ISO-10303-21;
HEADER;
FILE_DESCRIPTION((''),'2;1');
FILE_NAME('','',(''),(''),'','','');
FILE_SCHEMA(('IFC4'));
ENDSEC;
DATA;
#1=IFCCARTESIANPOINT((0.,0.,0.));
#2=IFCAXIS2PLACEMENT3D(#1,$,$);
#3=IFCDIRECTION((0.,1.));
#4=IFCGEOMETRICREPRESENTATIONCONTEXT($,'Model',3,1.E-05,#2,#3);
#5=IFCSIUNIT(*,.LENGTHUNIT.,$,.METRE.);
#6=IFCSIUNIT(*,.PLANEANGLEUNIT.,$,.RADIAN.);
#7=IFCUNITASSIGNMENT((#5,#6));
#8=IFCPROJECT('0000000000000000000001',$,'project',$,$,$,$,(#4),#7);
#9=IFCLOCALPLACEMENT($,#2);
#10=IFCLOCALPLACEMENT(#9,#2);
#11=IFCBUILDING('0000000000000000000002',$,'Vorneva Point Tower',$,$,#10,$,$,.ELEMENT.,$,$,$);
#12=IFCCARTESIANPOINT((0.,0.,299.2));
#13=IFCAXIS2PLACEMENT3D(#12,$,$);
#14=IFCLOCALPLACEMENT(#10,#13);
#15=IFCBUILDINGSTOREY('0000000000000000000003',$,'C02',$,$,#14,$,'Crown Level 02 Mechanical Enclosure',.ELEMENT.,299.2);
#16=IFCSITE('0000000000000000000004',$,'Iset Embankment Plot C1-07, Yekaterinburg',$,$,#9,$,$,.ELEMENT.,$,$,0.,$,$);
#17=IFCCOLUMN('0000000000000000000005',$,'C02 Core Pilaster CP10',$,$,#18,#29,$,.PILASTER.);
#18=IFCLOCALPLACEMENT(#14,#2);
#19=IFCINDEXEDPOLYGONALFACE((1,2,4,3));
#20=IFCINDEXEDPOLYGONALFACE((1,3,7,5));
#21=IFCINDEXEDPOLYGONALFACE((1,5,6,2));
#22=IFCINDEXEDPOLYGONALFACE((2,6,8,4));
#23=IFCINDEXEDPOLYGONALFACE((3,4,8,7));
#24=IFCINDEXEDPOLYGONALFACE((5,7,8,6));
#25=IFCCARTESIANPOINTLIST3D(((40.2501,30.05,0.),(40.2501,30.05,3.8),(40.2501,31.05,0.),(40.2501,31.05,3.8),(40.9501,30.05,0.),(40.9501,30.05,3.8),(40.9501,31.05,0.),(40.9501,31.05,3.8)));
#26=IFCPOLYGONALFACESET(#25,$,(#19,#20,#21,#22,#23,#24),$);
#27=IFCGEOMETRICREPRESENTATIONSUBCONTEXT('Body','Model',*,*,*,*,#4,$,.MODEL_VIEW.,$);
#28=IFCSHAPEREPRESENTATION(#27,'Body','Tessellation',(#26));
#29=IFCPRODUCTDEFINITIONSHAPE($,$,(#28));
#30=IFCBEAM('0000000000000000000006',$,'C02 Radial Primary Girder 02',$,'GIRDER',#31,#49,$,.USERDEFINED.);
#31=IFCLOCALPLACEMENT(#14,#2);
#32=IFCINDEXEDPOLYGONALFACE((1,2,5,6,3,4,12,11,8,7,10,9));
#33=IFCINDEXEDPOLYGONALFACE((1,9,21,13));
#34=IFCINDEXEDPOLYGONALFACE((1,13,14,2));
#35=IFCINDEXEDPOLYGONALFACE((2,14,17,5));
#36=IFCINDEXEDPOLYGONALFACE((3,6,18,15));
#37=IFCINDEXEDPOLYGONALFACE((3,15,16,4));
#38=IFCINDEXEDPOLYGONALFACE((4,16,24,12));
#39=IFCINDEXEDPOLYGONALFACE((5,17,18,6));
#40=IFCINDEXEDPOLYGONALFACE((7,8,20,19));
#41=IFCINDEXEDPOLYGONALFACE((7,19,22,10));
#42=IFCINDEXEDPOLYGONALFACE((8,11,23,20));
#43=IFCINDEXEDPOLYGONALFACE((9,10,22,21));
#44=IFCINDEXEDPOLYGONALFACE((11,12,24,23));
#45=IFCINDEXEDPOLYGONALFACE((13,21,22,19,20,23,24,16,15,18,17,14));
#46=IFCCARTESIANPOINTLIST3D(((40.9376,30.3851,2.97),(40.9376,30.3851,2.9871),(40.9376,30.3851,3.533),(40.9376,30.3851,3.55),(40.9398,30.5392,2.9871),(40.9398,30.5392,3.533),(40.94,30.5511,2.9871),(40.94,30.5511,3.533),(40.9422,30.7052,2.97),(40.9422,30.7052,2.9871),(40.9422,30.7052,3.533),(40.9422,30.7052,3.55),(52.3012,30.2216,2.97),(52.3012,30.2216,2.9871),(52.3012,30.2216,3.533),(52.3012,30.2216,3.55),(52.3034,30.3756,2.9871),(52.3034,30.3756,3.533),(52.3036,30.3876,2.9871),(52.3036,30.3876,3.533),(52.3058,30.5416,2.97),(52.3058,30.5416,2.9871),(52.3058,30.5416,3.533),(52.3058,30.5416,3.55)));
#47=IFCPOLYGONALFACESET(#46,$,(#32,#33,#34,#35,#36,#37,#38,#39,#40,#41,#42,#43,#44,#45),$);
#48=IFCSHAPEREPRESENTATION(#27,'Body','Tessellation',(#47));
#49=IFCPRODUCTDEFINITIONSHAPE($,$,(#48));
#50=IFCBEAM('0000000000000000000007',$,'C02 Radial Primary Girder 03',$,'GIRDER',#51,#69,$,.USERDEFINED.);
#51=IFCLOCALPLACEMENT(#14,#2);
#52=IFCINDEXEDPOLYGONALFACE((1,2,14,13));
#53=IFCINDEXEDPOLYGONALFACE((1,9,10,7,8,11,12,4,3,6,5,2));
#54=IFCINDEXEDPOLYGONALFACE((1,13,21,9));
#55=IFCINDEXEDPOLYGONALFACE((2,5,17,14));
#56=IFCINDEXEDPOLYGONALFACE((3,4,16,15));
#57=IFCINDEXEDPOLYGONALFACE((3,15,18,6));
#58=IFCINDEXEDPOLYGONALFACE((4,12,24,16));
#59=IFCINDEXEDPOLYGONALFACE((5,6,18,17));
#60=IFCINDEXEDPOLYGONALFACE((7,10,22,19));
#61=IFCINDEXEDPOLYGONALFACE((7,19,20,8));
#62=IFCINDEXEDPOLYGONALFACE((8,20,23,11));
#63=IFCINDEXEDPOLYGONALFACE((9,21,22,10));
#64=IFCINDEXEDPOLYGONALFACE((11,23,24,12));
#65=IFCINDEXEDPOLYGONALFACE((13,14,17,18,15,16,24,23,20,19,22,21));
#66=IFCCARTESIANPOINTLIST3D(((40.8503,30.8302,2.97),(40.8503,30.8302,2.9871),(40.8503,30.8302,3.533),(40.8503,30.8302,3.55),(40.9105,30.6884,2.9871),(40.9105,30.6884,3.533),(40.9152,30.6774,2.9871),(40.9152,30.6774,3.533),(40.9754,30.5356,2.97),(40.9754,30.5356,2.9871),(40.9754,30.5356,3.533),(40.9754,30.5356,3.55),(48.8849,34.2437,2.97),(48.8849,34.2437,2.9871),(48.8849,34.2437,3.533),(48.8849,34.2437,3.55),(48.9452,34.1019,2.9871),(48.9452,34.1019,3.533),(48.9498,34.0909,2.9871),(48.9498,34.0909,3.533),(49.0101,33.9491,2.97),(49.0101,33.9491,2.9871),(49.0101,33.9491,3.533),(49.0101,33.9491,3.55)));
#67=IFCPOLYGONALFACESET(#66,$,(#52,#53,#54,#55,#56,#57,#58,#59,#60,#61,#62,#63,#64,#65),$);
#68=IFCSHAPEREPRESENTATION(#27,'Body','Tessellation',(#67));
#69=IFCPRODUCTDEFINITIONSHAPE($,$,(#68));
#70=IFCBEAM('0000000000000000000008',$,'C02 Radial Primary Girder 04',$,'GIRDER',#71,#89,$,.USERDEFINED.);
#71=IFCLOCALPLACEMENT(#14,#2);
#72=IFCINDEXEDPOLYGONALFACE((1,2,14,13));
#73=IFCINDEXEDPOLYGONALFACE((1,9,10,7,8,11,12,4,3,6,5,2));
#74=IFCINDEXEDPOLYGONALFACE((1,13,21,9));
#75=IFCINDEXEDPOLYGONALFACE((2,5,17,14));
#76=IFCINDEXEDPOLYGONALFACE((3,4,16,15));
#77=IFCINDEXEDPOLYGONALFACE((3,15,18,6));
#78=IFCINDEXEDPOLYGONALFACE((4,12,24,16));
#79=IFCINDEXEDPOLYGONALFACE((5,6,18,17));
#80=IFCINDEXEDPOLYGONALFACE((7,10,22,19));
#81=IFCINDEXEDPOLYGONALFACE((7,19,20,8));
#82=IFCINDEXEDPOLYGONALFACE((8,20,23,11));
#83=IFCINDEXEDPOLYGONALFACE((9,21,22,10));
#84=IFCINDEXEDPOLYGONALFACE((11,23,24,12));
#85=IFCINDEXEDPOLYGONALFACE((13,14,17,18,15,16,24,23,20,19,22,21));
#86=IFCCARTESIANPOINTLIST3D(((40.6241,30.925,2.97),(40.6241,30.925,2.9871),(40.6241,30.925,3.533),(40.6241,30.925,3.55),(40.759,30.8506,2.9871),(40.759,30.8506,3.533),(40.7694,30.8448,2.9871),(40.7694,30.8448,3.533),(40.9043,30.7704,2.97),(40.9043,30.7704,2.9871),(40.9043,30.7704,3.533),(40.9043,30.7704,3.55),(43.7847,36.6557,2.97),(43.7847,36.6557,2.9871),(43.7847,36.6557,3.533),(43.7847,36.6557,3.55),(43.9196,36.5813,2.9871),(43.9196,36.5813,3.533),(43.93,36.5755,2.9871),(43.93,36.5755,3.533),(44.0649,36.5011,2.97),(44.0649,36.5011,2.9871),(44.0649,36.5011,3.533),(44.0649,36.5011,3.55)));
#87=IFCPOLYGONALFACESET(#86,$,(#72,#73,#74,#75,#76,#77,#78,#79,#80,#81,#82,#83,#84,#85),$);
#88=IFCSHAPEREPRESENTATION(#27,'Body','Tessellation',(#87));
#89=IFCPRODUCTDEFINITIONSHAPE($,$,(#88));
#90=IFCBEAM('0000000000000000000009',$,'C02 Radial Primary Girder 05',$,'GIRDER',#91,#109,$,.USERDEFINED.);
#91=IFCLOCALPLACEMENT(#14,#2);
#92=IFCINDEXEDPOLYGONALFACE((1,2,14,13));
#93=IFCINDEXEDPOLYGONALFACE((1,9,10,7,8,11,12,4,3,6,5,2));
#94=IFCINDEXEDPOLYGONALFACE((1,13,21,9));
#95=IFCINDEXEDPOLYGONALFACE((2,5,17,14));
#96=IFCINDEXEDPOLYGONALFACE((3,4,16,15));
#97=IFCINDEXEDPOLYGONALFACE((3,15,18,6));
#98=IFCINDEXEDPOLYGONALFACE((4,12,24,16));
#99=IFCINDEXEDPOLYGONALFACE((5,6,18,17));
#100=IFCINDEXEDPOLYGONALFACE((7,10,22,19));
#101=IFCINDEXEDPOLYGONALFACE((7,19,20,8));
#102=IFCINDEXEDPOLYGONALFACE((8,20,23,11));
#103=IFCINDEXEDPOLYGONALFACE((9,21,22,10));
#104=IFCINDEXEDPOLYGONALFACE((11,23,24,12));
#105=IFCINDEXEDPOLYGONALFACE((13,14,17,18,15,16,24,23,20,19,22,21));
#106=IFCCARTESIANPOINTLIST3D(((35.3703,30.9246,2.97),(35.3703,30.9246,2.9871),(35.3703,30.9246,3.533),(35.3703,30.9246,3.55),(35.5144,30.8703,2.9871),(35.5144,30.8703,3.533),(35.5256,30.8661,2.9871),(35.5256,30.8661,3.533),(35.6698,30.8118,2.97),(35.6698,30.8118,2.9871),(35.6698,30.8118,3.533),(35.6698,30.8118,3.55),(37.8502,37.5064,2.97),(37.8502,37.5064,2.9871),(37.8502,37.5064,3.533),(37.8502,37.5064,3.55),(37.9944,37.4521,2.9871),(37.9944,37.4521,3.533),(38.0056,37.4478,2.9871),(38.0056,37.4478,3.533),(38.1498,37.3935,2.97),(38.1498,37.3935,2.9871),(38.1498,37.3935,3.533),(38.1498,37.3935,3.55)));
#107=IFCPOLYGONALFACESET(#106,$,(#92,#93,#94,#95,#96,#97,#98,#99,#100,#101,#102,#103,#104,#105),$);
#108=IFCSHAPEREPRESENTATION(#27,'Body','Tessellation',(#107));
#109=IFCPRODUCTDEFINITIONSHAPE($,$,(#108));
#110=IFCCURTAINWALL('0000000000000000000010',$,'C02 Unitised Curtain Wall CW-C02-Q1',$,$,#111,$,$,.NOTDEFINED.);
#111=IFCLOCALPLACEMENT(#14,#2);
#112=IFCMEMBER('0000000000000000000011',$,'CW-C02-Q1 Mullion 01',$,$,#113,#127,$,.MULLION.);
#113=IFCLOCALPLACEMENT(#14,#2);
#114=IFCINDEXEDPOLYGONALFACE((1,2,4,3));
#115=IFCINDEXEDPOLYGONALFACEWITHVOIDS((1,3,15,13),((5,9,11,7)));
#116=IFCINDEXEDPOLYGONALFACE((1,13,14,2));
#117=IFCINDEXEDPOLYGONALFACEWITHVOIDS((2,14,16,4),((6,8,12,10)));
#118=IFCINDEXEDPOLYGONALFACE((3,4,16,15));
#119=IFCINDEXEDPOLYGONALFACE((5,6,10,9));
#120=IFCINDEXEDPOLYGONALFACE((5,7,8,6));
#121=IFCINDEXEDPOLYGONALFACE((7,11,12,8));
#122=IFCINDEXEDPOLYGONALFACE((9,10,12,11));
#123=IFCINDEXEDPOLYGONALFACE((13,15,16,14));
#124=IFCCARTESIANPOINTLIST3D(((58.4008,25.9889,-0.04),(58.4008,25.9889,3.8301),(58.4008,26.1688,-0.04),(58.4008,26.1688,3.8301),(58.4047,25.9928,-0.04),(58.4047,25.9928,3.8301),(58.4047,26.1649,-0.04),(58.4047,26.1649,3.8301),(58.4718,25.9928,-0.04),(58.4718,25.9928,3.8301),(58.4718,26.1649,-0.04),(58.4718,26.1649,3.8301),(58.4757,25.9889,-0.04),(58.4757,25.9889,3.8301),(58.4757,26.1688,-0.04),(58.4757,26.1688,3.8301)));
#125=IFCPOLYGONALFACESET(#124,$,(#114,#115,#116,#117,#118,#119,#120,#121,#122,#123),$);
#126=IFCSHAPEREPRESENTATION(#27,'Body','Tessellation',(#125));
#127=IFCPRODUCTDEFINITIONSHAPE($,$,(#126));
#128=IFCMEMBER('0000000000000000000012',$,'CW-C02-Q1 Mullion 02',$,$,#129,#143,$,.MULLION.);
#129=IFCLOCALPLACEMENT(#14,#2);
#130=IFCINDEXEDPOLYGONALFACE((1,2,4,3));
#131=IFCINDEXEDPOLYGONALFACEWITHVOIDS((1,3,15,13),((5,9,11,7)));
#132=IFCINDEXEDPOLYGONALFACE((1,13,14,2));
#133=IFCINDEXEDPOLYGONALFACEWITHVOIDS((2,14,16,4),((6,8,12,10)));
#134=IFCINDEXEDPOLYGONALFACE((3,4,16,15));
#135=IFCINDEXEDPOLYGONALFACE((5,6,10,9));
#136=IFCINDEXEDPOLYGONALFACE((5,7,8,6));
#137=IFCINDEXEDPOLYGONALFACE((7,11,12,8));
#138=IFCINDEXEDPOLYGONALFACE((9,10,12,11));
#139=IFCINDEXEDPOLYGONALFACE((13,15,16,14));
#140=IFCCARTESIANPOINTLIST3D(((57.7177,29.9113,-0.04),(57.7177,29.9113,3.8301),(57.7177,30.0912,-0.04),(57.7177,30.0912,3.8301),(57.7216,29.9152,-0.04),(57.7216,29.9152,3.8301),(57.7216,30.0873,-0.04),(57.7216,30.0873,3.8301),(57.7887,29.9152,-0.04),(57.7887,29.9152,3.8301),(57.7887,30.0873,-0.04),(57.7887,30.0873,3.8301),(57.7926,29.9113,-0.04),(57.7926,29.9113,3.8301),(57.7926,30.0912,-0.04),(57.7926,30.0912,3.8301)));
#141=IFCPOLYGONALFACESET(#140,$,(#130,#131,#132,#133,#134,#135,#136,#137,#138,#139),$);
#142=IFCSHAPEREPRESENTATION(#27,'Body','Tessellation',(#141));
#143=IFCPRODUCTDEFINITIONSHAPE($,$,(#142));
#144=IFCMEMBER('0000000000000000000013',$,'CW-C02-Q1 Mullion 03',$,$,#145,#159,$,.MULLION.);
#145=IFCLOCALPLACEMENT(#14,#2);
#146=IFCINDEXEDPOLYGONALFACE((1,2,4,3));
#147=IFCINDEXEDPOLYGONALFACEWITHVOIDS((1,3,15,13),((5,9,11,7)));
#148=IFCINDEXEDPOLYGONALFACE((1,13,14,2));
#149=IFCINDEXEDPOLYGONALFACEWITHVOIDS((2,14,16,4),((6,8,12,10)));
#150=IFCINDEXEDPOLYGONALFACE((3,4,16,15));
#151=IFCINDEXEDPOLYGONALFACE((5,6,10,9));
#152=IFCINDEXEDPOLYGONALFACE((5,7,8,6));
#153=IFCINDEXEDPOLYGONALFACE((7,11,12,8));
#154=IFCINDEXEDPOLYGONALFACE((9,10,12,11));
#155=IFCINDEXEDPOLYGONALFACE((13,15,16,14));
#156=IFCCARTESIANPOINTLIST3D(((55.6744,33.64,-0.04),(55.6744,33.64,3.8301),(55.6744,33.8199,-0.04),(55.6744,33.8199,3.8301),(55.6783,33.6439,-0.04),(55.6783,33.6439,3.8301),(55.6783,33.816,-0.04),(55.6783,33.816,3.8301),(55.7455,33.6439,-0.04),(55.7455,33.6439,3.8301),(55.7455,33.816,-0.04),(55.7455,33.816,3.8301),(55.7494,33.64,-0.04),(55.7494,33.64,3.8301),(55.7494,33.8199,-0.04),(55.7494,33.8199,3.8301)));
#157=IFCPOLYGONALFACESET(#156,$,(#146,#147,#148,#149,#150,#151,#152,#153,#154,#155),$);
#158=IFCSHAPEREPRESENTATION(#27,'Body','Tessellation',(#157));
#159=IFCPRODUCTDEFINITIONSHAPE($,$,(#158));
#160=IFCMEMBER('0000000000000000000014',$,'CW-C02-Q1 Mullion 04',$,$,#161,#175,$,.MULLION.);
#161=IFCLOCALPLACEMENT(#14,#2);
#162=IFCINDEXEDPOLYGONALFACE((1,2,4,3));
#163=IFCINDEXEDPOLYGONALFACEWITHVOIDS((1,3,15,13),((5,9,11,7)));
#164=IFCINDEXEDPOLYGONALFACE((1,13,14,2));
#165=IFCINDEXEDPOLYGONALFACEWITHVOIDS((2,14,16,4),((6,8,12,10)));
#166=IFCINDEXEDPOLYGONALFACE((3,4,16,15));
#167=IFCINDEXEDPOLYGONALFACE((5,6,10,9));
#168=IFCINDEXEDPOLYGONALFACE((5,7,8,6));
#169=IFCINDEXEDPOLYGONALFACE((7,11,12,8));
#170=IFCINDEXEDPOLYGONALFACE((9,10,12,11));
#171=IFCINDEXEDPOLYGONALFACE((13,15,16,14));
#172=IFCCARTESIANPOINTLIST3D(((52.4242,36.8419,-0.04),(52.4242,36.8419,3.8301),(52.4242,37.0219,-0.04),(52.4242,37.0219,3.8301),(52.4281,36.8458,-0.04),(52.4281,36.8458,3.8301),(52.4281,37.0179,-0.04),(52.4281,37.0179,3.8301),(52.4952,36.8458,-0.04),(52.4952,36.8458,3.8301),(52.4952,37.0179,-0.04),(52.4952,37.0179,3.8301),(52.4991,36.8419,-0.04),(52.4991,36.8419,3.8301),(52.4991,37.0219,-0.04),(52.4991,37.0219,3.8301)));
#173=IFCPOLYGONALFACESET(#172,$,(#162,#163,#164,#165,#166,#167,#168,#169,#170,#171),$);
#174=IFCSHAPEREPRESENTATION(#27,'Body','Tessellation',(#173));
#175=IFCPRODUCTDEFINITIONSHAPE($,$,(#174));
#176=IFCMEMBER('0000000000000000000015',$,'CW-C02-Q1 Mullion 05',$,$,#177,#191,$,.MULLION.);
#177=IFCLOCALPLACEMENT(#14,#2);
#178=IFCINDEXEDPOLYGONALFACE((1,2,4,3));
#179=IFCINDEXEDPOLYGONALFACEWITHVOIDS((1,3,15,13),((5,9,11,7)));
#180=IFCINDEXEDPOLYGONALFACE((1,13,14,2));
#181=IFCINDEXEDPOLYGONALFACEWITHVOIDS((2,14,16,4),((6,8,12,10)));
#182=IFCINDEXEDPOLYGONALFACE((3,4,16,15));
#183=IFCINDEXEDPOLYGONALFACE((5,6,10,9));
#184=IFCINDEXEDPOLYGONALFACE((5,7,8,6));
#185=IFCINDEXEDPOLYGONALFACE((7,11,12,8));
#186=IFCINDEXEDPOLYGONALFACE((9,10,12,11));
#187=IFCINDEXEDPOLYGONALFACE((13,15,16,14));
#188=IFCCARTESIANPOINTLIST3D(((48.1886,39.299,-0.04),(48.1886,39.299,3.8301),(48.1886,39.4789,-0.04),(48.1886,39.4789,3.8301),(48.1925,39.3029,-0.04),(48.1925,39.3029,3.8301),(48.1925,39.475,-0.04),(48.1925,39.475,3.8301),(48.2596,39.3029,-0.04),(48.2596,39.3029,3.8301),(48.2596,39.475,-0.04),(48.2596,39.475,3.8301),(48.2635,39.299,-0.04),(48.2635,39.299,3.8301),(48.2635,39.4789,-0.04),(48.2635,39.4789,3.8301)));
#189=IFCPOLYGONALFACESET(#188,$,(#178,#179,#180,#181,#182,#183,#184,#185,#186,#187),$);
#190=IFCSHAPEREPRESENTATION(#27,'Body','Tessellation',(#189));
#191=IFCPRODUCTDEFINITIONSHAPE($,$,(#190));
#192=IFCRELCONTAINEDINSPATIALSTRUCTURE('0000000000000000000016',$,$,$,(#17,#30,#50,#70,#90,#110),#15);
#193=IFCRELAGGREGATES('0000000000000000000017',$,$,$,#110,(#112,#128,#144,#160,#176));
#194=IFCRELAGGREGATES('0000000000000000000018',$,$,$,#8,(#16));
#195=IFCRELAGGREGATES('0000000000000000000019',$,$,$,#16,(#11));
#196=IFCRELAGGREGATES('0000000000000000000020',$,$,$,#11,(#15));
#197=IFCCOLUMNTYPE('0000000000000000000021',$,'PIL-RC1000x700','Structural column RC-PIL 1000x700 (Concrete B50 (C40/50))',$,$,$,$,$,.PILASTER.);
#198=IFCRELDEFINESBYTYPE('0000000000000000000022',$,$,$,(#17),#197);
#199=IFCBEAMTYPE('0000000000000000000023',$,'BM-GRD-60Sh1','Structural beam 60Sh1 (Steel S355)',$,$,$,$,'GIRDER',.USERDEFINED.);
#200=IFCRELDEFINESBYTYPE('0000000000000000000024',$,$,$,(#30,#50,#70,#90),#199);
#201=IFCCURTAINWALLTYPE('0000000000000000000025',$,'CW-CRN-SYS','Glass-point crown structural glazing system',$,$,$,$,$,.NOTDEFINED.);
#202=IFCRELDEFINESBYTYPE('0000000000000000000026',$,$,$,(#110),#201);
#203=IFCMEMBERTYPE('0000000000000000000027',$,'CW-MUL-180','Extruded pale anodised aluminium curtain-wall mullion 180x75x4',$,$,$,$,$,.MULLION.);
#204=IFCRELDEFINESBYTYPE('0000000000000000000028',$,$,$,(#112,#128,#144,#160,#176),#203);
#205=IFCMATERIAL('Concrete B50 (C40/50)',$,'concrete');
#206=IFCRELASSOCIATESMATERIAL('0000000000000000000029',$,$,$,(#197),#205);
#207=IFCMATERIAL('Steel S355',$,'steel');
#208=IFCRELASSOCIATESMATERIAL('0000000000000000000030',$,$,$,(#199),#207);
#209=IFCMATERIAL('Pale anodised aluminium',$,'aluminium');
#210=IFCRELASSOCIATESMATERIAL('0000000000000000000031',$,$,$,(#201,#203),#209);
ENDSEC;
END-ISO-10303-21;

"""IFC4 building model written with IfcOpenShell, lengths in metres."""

from ifc_helpers import new_model, si_unit, direction, frame, origin, origin_2d, place, context, subcontext, project, spatial, rectangle, hollow_rectangle, i_section, extrude, material, material_profile, profile_set, type_object, element, aggregate, save


model = new_model("IFC4")

# Units and contexts
model_context = context("Model", 3, precision=1e-05, world=origin(), true_north=direction((0.0, 1.0)))
body_context = subcontext(model_context, "Body", "Model", "MODEL_VIEW")
ifc_project = project(units=[si_unit("LENGTHUNIT", "METRE"), si_unit("PLANEANGLEUNIT", "RADIAN")], contexts=[model_context])

# Site, building, storey
site_placement = place(None, origin())
site = spatial("IfcSite", under=ifc_project, at=site_placement, Name="Iset Embankment Plot C1-07, Yekaterinburg", CompositionType="ELEMENT", RefElevation=0.0)
building_placement = place(site_placement, origin())
building = spatial("IfcBuilding", under=site, at=building_placement, Name="Vorneva Point Tower", CompositionType="ELEMENT")
storey_placement = place(building_placement, frame((0.0, 0.0, 299.2)))
storey = spatial("IfcBuildingStorey", under=building, at=storey_placement, Name="C02", LongName="Crown Level 02 Mechanical Enclosure", CompositionType="ELEMENT", Elevation=299.2)

# Column
ifc_material_1 = material(Name="Concrete B50 (C40/50)", Category="concrete")
ifc_material_profile_1 = material_profile(ifc_material_1, rectangle(XDim=0.7, YDim=1.0, at=origin_2d()), Name="RC-PIL 1000x700")
ifc_profile_set_1 = profile_set([ifc_material_profile_1], Name="Concrete B50 (C40/50)")
column_type = type_object("IfcColumnType", Name="PIL-RC1000x700", Description="Structural column RC-PIL 1000x700 (Concrete B50 (C40/50))", PredefinedType="PILASTER", material=ifc_profile_set_1)
column_placement = place(storey_placement, frame((40.6001, 30.55, 0.0), z_axis=(0.0, 0.0, 1.0), x_axis=(1.0, 0.0, 0.0)))
element("IfcColumn", 1, at=column_placement, inside=storey, type_object=column_type, Name="C02 Core Pilaster CP10", PredefinedType="PILASTER", context=body_context, shape_type="SweptSolid", body=[
    extrude(rectangle(XDim=0.7, YDim=1.0, at=origin_2d()), origin(), (0.0, 0.0, 1.0), 3.8),
])

# Beams
ifc_material_2 = material(Name="Steel S355", Category="steel")
ifc_material_profile_2 = material_profile(ifc_material_2, i_section(OverallWidth=0.3201, OverallDepth=0.5801, WebThickness=0.012, FlangeThickness=0.0171, at=origin_2d()), Name="60Sh1")
ifc_profile_set_2 = profile_set([ifc_material_profile_2], Name="Steel S355")
beam_type = type_object("IfcBeamType", Name="BM-GRD-60Sh1", Description="Structural beam 60Sh1 (Steel S355)", ElementType="GIRDER", PredefinedType="USERDEFINED", material=ifc_profile_set_2)
beam_1_placement = place(storey_placement, frame((52.3035, 30.3816, 3.26), z_axis=(-0.999896, 0.014393, 0.0), x_axis=(-0.014393, -0.999896, 0.0)))
element("IfcBeam", 2, at=beam_1_placement, inside=storey, type_object=beam_type, Name="C02 Radial Primary Girder 02", ObjectType="GIRDER", PredefinedType="USERDEFINED", context=body_context, shape_type="SweptSolid", body=[
    extrude(i_section(OverallWidth=0.3201, OverallDepth=0.5801, WebThickness=0.012, FlangeThickness=0.0171, at=origin_2d()), origin(), (0.0, 0.0, 1.0), 11.3647),
])
beam_2_placement = place(storey_placement, frame((48.9475, 34.0964, 3.26), z_axis=(-0.920379, -0.391028, 0.0), x_axis=(0.391028, -0.920379, 0.0)))
element("IfcBeam", 3, at=beam_2_placement, inside=storey, type_object=beam_type, Name="C02 Radial Primary Girder 03", ObjectType="GIRDER", PredefinedType="USERDEFINED", context=body_context, shape_type="SweptSolid", body=[
    extrude(i_section(OverallWidth=0.3201, OverallDepth=0.5801, WebThickness=0.012, FlangeThickness=0.0171, at=origin_2d()), origin(), (0.0, 0.0, 1.0), 8.7297),
])
beam_3_placement = place(storey_placement, frame((43.9248, 36.5784, 3.26), z_axis=(-0.482945, -0.875651, 0.0), x_axis=(0.875651, -0.482945, 0.0)))
element("IfcBeam", 4, at=beam_3_placement, inside=storey, type_object=beam_type, Name="C02 Radial Primary Girder 04", ObjectType="GIRDER", PredefinedType="USERDEFINED", context=body_context, shape_type="SweptSolid", body=[
    extrude(i_section(OverallWidth=0.3201, OverallDepth=0.5801, WebThickness=0.012, FlangeThickness=0.0171, at=origin_2d()), origin(), (0.0, 0.0, 1.0), 6.5444),
])
beam_4_placement = place(storey_placement, frame((38.0, 37.45, 3.26), z_axis=(-0.352595, -0.935776, 0.0), x_axis=(0.935776, -0.352595, 0.0)))
element("IfcBeam", 5, at=beam_4_placement, inside=storey, type_object=beam_type, Name="C02 Radial Primary Girder 05", ObjectType="GIRDER", PredefinedType="USERDEFINED", context=body_context, shape_type="SweptSolid", body=[
    extrude(i_section(OverallWidth=0.3201, OverallDepth=0.5801, WebThickness=0.012, FlangeThickness=0.0171, at=origin_2d()), origin(), (0.0, 0.0, 1.0), 7.0334),
])

# Curtain wall, members
ifc_material_3 = material(Name="Pale anodised aluminium", Category="aluminium")
curtain_wall_type = type_object("IfcCurtainWallType", Name="CW-CRN-SYS", Description="Glass-point crown structural glazing system", PredefinedType="NOTDEFINED", material=ifc_material_3)
curtain_wall_placement = place(storey_placement, origin())
curtain_wall = element("IfcCurtainWall", 6, at=curtain_wall_placement, inside=storey, type_object=curtain_wall_type, Name="C02 Unitised Curtain Wall CW-C02-Q1", PredefinedType="NOTDEFINED")
ifc_material_profile_3 = material_profile(ifc_material_3, hollow_rectangle(XDim=0.075, YDim=0.1799, WallThickness=0.0039, at=origin_2d()), Name="AL-MUL 180x75x4")
ifc_profile_set_3 = profile_set([ifc_material_profile_3], Name="Pale anodised aluminium")
member_type_1 = type_object("IfcMemberType", Name="CW-MUL-180", Description="Extruded pale anodised aluminium curtain-wall mullion 180x75x4", PredefinedType="MULLION", material=ifc_profile_set_3)
member_1_placement = place(storey_placement, frame((58.4382, 26.0789, -0.04), z_axis=(0.0, 0.0, 1.0), x_axis=(1.0, 0.0, 0.0)))
member_1 = element("IfcMember", 7, at=member_1_placement, type_object=member_type_1, Name="CW-C02-Q1 Mullion 01", PredefinedType="MULLION", context=body_context, shape_type="SweptSolid", body=[
    extrude(hollow_rectangle(XDim=0.075, YDim=0.1799, WallThickness=0.0039, at=origin_2d()), origin(), (0.0, 0.0, 1.0), 3.8701),
])
member_2_placement = place(storey_placement, frame((57.7551, 30.0012, -0.04), z_axis=(0.0, 0.0, 1.0), x_axis=(1.0, 0.0, 0.0)))
member_2 = element("IfcMember", 8, at=member_2_placement, type_object=member_type_1, Name="CW-C02-Q1 Mullion 02", PredefinedType="MULLION", context=body_context, shape_type="SweptSolid", body=[
    extrude(hollow_rectangle(XDim=0.075, YDim=0.1799, WallThickness=0.0039, at=origin_2d()), origin(), (0.0, 0.0, 1.0), 3.8701),
])
member_3_placement = place(storey_placement, frame((55.7119, 33.73, -0.04), z_axis=(0.0, 0.0, 1.0), x_axis=(1.0, 0.0, 0.0)))
member_3 = element("IfcMember", 9, at=member_3_placement, type_object=member_type_1, Name="CW-C02-Q1 Mullion 03", PredefinedType="MULLION", context=body_context, shape_type="SweptSolid", body=[
    extrude(hollow_rectangle(XDim=0.075, YDim=0.1799, WallThickness=0.0039, at=origin_2d()), origin(), (0.0, 0.0, 1.0), 3.8701),
])
member_4_placement = place(storey_placement, frame((52.4617, 36.9319, -0.04), z_axis=(0.0, 0.0, 1.0), x_axis=(1.0, 0.0, 0.0)))
member_4 = element("IfcMember", 10, at=member_4_placement, type_object=member_type_1, Name="CW-C02-Q1 Mullion 04", PredefinedType="MULLION", context=body_context, shape_type="SweptSolid", body=[
    extrude(hollow_rectangle(XDim=0.075, YDim=0.1799, WallThickness=0.0039, at=origin_2d()), origin(), (0.0, 0.0, 1.0), 3.8701),
])
member_5_placement = place(storey_placement, frame((48.2261, 39.3889, -0.04), z_axis=(0.0, 0.0, 1.0), x_axis=(1.0, 0.0, 0.0)))
member_5 = element("IfcMember", 11, at=member_5_placement, type_object=member_type_1, Name="CW-C02-Q1 Mullion 05", PredefinedType="MULLION", context=body_context, shape_type="SweptSolid", body=[
    extrude(hollow_rectangle(XDim=0.075, YDim=0.1799, WallThickness=0.0039, at=origin_2d()), origin(), (0.0, 0.0, 1.0), 3.8701),
])

aggregate(curtain_wall, [member_1, member_2, member_3, member_4, member_5])

save(model, "model.ifc")
